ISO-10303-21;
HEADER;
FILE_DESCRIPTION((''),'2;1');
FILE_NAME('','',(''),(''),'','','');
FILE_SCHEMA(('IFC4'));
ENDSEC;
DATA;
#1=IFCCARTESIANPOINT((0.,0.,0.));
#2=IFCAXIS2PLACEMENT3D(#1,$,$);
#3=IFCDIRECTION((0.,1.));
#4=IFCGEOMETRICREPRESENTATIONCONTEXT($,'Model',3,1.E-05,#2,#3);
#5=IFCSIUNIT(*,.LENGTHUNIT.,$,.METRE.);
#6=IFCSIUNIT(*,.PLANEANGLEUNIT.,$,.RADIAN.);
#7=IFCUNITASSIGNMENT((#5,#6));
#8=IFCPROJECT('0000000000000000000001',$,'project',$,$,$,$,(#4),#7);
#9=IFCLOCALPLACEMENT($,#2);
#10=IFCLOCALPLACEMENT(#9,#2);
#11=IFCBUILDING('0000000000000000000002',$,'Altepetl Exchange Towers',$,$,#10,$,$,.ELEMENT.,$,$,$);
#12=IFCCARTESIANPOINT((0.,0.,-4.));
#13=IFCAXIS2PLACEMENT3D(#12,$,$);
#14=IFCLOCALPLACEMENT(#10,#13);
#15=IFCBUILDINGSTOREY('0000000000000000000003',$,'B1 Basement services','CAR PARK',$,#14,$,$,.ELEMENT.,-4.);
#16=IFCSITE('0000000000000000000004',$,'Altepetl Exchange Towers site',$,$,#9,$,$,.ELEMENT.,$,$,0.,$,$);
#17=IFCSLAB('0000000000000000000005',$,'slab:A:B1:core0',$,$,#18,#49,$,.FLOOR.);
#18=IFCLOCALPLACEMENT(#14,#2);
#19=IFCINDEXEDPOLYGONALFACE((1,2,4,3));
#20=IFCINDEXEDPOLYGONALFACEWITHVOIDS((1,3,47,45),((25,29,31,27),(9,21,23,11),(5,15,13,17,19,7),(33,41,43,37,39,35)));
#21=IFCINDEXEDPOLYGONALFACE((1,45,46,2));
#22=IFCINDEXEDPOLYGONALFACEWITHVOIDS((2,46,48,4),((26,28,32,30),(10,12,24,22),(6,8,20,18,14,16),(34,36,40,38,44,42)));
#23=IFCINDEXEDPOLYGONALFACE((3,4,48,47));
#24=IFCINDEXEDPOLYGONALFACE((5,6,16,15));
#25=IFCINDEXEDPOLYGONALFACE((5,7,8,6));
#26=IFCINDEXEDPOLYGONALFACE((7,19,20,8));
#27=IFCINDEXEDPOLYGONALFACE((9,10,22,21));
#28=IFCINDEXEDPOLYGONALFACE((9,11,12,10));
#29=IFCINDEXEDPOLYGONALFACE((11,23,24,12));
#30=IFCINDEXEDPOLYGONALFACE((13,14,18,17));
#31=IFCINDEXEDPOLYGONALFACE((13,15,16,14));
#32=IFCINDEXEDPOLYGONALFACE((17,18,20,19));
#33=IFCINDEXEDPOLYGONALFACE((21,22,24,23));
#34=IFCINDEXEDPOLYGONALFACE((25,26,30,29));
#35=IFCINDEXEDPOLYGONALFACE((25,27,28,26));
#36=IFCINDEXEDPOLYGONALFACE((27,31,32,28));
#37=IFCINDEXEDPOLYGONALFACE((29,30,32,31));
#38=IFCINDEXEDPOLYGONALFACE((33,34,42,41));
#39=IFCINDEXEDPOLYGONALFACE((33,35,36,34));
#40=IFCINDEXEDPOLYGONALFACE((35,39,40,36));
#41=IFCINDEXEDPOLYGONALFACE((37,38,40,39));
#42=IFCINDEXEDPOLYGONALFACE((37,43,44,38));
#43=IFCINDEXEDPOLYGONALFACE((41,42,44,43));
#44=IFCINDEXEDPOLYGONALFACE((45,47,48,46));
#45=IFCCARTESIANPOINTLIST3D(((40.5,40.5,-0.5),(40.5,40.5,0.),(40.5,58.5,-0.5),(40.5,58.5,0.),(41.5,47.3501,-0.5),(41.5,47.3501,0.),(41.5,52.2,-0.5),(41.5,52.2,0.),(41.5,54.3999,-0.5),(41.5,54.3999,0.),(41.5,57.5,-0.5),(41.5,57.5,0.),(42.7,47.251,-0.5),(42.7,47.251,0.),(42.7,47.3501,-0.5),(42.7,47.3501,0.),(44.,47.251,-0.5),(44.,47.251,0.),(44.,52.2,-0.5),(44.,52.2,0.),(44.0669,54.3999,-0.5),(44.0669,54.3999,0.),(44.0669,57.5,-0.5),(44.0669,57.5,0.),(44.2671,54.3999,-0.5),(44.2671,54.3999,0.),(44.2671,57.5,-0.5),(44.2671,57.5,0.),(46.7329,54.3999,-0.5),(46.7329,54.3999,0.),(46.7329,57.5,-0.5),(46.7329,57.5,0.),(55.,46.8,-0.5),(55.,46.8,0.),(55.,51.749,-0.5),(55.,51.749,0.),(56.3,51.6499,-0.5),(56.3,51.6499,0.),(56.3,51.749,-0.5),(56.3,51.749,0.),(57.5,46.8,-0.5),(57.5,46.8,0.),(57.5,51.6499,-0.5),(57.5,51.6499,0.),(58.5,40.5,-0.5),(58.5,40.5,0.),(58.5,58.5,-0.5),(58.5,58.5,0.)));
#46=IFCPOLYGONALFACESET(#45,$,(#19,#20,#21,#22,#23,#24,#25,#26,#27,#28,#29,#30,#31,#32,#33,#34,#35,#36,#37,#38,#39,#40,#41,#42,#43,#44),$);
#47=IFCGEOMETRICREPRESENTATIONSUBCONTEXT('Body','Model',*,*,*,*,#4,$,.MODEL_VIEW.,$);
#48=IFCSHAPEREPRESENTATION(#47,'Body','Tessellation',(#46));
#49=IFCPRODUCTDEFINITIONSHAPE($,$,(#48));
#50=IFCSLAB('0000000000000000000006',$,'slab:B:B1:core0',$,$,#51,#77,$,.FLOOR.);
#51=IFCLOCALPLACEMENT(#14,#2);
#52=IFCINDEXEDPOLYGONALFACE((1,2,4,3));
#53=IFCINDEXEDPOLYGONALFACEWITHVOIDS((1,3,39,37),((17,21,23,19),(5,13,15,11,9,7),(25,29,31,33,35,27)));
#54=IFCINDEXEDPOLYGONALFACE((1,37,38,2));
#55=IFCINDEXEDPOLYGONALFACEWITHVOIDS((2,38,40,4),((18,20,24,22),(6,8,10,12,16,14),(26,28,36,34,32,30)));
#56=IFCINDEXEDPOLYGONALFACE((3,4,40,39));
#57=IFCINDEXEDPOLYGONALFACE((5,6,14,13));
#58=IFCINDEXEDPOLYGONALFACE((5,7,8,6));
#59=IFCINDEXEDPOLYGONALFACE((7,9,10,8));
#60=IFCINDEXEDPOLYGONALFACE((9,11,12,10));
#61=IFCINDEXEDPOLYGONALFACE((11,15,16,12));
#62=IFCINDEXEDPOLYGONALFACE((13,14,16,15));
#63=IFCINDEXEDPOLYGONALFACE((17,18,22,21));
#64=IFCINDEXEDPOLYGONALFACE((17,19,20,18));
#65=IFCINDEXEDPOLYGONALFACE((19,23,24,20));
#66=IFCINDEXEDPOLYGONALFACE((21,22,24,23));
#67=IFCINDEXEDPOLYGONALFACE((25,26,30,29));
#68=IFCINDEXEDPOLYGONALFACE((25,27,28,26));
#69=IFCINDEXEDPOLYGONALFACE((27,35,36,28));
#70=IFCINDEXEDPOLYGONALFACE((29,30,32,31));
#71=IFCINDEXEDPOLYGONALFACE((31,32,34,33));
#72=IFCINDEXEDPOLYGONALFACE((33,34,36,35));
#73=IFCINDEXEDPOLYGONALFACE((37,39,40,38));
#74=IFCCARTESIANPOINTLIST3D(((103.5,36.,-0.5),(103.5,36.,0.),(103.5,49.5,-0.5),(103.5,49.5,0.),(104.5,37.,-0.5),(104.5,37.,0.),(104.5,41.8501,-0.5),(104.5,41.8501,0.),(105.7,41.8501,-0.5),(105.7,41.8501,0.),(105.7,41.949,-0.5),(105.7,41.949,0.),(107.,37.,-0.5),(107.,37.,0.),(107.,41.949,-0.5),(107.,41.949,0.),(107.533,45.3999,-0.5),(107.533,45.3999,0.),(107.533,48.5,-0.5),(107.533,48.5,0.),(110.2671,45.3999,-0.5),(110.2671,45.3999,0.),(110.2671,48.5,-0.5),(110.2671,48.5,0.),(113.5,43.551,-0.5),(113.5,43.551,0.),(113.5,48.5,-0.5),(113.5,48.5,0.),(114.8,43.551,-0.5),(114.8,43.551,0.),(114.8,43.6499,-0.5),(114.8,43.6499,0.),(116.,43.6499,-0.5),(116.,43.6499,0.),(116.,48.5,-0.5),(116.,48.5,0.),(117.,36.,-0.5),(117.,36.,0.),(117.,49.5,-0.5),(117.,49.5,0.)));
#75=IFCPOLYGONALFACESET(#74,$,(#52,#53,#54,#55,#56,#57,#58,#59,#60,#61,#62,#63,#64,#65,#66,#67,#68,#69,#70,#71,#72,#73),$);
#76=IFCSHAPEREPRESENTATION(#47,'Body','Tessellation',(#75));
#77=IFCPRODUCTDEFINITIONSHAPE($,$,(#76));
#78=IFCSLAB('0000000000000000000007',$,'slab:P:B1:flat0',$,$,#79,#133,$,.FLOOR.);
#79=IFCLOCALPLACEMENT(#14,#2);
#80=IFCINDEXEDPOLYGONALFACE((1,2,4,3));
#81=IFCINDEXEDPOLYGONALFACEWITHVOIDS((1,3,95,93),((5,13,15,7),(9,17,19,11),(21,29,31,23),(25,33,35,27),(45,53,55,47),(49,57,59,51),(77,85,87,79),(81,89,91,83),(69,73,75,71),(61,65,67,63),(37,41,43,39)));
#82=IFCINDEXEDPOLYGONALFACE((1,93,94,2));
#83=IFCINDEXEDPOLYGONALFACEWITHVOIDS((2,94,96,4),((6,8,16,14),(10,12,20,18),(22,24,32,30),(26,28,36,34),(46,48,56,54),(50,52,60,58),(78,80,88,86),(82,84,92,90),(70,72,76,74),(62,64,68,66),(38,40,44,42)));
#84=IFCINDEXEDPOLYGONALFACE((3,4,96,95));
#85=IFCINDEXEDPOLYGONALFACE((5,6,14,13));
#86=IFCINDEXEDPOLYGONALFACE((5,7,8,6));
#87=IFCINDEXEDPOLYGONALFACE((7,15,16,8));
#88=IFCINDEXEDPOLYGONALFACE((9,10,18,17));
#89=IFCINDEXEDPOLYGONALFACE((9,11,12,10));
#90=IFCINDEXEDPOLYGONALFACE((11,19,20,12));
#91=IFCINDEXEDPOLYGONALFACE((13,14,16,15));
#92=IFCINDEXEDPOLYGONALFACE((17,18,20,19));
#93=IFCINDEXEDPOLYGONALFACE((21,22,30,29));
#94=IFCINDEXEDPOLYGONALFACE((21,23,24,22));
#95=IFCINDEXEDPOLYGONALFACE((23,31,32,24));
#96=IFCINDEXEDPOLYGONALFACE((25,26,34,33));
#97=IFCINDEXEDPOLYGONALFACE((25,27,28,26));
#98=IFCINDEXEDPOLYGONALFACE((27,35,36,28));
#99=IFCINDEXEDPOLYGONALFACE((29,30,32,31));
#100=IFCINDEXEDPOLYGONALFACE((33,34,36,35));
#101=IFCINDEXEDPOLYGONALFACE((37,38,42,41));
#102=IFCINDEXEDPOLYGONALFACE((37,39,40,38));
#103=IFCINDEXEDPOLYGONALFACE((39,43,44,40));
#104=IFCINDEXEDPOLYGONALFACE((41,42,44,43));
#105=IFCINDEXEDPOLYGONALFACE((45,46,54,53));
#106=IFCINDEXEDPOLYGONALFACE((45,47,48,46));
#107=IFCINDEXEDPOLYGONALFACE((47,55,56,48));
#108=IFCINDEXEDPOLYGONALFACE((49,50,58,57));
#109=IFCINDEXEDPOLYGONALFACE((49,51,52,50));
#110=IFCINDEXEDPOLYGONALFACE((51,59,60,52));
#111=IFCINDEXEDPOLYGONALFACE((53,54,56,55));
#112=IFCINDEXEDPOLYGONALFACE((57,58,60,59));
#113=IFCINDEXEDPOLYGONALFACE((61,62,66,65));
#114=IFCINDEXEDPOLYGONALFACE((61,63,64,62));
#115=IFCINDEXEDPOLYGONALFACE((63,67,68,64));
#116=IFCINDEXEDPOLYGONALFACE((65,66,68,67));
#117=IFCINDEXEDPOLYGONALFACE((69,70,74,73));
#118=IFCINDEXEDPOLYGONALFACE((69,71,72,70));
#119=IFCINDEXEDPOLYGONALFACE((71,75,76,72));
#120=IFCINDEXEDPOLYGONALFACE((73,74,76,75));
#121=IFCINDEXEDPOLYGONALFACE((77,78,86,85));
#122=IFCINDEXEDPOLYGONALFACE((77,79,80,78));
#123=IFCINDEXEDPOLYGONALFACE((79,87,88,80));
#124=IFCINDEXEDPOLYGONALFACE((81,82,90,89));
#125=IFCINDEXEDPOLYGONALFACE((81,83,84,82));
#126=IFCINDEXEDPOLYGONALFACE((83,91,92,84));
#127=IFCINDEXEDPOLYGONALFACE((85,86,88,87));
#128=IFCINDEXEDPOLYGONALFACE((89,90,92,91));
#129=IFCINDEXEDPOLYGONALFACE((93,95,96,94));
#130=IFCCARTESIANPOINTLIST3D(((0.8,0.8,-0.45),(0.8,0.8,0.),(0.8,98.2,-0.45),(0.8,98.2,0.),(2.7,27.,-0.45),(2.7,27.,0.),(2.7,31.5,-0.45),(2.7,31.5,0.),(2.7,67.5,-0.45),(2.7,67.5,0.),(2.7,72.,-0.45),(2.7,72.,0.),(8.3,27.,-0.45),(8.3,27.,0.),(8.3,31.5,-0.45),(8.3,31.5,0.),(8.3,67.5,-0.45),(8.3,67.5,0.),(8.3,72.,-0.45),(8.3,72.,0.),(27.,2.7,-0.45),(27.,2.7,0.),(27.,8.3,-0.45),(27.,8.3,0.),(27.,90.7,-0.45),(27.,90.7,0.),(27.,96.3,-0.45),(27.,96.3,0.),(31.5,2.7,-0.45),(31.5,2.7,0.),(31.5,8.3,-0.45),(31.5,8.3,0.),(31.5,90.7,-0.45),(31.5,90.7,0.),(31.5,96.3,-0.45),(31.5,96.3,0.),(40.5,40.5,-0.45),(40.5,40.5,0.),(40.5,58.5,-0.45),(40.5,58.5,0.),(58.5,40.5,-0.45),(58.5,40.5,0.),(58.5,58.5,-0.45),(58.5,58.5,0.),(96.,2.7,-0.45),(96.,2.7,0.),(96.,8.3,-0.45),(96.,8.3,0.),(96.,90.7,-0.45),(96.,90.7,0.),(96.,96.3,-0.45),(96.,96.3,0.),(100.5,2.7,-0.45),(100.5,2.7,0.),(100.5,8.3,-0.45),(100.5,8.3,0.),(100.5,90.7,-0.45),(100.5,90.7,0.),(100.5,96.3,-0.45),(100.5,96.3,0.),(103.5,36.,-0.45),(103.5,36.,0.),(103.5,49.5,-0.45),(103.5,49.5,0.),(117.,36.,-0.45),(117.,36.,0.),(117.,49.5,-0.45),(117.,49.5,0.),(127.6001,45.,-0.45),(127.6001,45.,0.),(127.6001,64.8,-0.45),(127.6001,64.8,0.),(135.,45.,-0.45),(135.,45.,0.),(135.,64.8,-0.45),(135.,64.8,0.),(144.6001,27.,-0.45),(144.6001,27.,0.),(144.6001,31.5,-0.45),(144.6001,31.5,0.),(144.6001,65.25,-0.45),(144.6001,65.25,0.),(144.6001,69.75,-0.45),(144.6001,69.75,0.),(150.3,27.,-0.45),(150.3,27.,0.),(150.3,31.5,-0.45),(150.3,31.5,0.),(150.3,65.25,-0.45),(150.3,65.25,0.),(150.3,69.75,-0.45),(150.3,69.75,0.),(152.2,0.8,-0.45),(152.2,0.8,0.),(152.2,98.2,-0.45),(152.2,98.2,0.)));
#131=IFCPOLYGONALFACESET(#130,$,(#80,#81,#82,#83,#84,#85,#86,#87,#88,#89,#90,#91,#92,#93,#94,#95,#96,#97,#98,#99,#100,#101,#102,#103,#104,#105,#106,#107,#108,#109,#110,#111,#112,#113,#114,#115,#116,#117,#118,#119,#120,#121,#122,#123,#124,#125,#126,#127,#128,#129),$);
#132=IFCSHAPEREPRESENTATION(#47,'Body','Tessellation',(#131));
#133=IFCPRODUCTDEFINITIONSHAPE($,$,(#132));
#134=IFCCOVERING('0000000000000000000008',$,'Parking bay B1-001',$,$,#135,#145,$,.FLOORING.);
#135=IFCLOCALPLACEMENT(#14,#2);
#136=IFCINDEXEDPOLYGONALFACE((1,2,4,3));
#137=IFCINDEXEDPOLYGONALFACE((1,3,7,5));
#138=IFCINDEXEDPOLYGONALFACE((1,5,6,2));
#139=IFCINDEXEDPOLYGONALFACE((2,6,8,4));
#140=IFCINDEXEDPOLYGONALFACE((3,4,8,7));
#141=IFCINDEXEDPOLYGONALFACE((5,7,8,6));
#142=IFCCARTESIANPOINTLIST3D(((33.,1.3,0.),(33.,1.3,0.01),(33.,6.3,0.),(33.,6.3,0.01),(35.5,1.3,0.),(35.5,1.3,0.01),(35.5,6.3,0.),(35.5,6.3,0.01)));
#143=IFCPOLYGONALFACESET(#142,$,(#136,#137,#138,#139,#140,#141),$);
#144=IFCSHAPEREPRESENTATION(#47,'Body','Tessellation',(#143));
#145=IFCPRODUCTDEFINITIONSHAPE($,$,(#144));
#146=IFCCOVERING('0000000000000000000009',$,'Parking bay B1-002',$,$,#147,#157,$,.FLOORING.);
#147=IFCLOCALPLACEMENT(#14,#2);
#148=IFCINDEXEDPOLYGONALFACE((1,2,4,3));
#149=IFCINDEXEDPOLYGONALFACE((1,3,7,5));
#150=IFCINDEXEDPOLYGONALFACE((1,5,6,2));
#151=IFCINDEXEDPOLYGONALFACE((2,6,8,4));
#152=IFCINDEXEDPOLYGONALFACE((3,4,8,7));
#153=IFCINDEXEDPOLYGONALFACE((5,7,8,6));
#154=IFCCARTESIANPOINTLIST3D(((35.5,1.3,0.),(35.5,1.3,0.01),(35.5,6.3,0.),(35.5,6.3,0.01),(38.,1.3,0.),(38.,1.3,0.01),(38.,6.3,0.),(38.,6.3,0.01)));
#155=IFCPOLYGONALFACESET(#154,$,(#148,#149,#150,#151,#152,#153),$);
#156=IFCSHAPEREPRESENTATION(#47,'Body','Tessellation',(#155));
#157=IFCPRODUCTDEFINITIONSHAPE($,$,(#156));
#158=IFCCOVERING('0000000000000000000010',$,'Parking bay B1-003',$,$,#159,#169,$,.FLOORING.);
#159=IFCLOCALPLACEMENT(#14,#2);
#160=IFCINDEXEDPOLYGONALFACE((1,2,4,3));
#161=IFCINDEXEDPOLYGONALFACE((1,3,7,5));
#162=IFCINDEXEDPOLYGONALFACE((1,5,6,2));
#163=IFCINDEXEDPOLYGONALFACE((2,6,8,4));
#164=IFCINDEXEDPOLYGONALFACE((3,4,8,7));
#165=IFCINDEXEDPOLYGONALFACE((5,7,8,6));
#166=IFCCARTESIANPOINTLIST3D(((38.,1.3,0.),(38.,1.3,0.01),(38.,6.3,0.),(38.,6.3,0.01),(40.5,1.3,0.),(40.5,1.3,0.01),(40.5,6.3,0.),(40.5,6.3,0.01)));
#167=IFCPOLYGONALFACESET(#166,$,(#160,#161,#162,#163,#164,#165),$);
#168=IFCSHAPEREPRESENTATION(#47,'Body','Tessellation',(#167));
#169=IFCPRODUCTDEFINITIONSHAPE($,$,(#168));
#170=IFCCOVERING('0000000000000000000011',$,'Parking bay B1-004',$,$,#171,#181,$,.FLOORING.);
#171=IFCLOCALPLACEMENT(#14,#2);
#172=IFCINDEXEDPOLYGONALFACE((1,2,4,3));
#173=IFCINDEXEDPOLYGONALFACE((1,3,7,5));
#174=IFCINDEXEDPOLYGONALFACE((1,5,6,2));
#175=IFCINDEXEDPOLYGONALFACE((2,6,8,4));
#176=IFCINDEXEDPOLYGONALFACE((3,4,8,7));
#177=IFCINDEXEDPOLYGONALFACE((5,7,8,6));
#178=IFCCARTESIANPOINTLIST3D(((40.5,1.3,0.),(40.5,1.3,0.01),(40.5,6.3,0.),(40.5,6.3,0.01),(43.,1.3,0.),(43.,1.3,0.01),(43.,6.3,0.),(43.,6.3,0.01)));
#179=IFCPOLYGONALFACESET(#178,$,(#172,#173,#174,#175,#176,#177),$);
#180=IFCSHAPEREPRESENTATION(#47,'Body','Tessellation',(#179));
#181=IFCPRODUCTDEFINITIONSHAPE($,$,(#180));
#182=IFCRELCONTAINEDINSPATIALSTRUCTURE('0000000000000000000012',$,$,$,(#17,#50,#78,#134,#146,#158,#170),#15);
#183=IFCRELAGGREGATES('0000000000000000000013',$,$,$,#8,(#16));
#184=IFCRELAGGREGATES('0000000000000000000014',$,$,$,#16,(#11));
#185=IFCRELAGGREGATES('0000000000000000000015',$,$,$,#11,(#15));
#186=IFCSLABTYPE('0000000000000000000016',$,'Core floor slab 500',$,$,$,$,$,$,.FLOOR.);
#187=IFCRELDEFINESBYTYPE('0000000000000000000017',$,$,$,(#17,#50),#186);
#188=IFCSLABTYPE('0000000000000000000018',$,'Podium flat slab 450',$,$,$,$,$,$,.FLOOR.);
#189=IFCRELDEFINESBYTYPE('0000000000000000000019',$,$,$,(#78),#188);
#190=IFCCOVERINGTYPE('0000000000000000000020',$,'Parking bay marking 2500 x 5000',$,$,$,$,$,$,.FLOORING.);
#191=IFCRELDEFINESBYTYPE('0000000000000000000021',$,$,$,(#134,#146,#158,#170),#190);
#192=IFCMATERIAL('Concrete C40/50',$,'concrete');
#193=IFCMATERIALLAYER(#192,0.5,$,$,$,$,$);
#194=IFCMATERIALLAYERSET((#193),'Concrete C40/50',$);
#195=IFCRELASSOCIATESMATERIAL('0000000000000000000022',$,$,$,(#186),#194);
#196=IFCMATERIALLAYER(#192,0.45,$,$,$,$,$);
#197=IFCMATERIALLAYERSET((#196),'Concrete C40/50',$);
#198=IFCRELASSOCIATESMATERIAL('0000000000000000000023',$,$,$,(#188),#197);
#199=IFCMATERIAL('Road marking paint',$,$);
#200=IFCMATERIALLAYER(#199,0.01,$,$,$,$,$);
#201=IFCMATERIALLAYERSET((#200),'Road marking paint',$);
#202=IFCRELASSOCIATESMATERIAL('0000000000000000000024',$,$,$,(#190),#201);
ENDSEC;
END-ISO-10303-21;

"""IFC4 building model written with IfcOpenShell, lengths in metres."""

from ifc_helpers import new_model, si_unit, direction, frame, origin, place, context, subcontext, project, spatial, polyline, outline, extrude, material, layer, layer_set, type_object, element, save


model = new_model("IFC4")

# Units and contexts
model_context = context("Model", 3, precision=1e-05, world=origin(), true_north=direction((0.0, 1.0)))
body_context = subcontext(model_context, "Body", "Model", "MODEL_VIEW")
ifc_project = project(units=[si_unit("LENGTHUNIT", "METRE"), si_unit("PLANEANGLEUNIT", "RADIAN")], contexts=[model_context])

# Site, building, storey
site_placement = place(None, origin())
site = spatial("IfcSite", under=ifc_project, at=site_placement, Name="Altepetl Exchange Towers site", CompositionType="ELEMENT", RefElevation=0.0)
building_placement = place(site_placement, origin())
building = spatial("IfcBuilding", under=site, at=building_placement, Name="Altepetl Exchange Towers", CompositionType="ELEMENT")
storey_placement = place(building_placement, frame((0.0, 0.0, -4.0)))
storey = spatial("IfcBuildingStorey", under=building, at=storey_placement, Name="B1 Basement services", Description="CAR PARK", CompositionType="ELEMENT", Elevation=-4.0)

# Slabs
ifc_material_1 = material(Name="Concrete C40/50", Category="concrete")
ifc_layer_1 = layer(ifc_material_1, 0.5)
ifc_layer_set_1 = layer_set([ifc_layer_1], Name="Concrete C40/50")
slab_type_1 = type_object("IfcSlabType", Name="Core floor slab 500", PredefinedType="FLOOR", material=ifc_layer_set_1)
slab_1_placement = place(storey_placement, frame((0.0, 0.0, -0.5)))
element("IfcSlab", 1, at=slab_1_placement, inside=storey, type_object=slab_type_1, Name="slab:A:B1:core0", PredefinedType="FLOOR", context=body_context, shape_type="SweptSolid", body=[
    extrude(outline(polyline([(40.5, 40.5), (58.5, 40.5), (58.5, 58.5), (40.5, 58.5), (40.5, 40.5)]), holes=[polyline([(55.0, 46.8), (55.0, 51.749), (56.3, 51.749), (56.3, 51.6499), (57.5, 51.6499), (57.5, 46.8), (55.0, 46.8)]), polyline([(44.0, 52.2), (44.0, 47.251), (42.7, 47.251), (42.7, 47.3501), (41.5, 47.3501), (41.5, 52.2), (44.0, 52.2)]), polyline([(41.5, 54.3999), (41.5, 57.5), (44.0669, 57.5), (44.0669, 54.3999), (41.5, 54.3999)]), polyline([(44.2671, 54.3999), (44.2671, 57.5), (46.7329, 57.5), (46.7329, 54.3999), (44.2671, 54.3999)])]), origin(), (0.0, 0.0, 1.0), 0.5),
])
slab_2_placement = place(storey_placement, frame((0.0, 0.0, -0.5)))
element("IfcSlab", 2, at=slab_2_placement, inside=storey, type_object=slab_type_1, Name="slab:B:B1:core0", PredefinedType="FLOOR", context=body_context, shape_type="SweptSolid", body=[
    extrude(outline(polyline([(103.5, 36.0), (117.0, 36.0), (117.0, 49.5), (103.5, 49.5), (103.5, 36.0)]), holes=[polyline([(107.0, 41.949), (107.0, 37.0), (104.5, 37.0), (104.5, 41.8501), (105.7, 41.8501), (105.7, 41.949), (107.0, 41.949)]), polyline([(113.5, 48.5), (116.0, 48.5), (116.0, 43.6499), (114.8, 43.6499), (114.8, 43.551), (113.5, 43.551), (113.5, 48.5)]), polyline([(107.533, 45.3999), (107.533, 48.5), (110.2671, 48.5), (110.2671, 45.3999), (107.533, 45.3999)])]), origin(), (0.0, 0.0, 1.0), 0.5),
])
ifc_layer_2 = layer(ifc_material_1, 0.45)
ifc_layer_set_2 = layer_set([ifc_layer_2], Name="Concrete C40/50")
slab_type_2 = type_object("IfcSlabType", Name="Podium flat slab 450", PredefinedType="FLOOR", material=ifc_layer_set_2)
slab_3_placement = place(storey_placement, frame((0.0, 0.0, -0.45)))
element("IfcSlab", 3, at=slab_3_placement, inside=storey, type_object=slab_type_2, Name="slab:P:B1:flat0", PredefinedType="FLOOR", context=body_context, shape_type="SweptSolid", body=[
    extrude(outline(polyline([(0.8, 98.2), (0.8, 0.8), (152.2, 0.8), (152.2, 98.2), (0.8, 98.2)]), holes=[polyline([(117.0, 49.5), (117.0, 36.0), (103.5, 36.0), (103.5, 49.5), (117.0, 49.5)]), polyline([(58.5, 58.5), (58.5, 40.5), (40.5, 40.5), (40.5, 58.5), (58.5, 58.5)]), polyline([(135.0, 64.8), (135.0, 45.0), (127.6001, 45.0), (127.6001, 64.8), (135.0, 64.8)]), polyline([(31.5, 8.3), (31.5, 2.7), (27.0, 2.7), (27.0, 8.3), (31.5, 8.3)]), polyline([(100.5, 2.7), (96.0, 2.7), (96.0, 8.3), (100.5, 8.3), (100.5, 2.7)]), polyline([(2.7, 31.5), (8.3, 31.5), (8.3, 27.0), (2.7, 27.0), (2.7, 31.5)]), polyline([(8.3, 72.0), (8.3, 67.5), (2.7, 67.5), (2.7, 72.0), (8.3, 72.0)]), polyline([(27.0, 90.7), (27.0, 96.3), (31.5, 96.3), (31.5, 90.7), (27.0, 90.7)]), polyline([(96.0, 96.3), (100.5, 96.3), (100.5, 90.7), (96.0, 90.7), (96.0, 96.3)]), polyline([(150.3, 27.0), (144.6001, 27.0), (144.6001, 31.5), (150.3, 31.5), (150.3, 27.0)]), polyline([(144.6001, 65.25), (144.6001, 69.75), (150.3, 69.75), (150.3, 65.25), (144.6001, 65.25)])]), origin(), (0.0, 0.0, 1.0), 0.45),
])

# Coverings
ifc_material_2 = material(Name="Road marking paint")
ifc_layer_3 = layer(ifc_material_2, 0.01)
ifc_layer_set_3 = layer_set([ifc_layer_3], Name="Road marking paint")
covering_type = type_object("IfcCoveringType", Name="Parking bay marking 2500 x 5000", PredefinedType="FLOORING", material=ifc_layer_set_3)
covering_1_placement = place(storey_placement, origin())
element("IfcCovering", 4, at=covering_1_placement, inside=storey, type_object=covering_type, Name="Parking bay B1-001", PredefinedType="FLOORING", context=body_context, shape_type="SweptSolid", body=[
    extrude(outline(polyline([(33.0, 1.3), (35.5, 1.3), (35.5, 6.3), (33.0, 6.3), (33.0, 1.3)])), origin(), (0.0, 0.0, 1.0), 0.01),
])
covering_2_placement = place(storey_placement, origin())
element("IfcCovering", 5, at=covering_2_placement, inside=storey, type_object=covering_type, Name="Parking bay B1-002", PredefinedType="FLOORING", context=body_context, shape_type="SweptSolid", body=[
    extrude(outline(polyline([(35.5, 1.3), (38.0, 1.3), (38.0, 6.3), (35.5, 6.3), (35.5, 1.3)])), origin(), (0.0, 0.0, 1.0), 0.01),
])
covering_3_placement = place(storey_placement, origin())
element("IfcCovering", 6, at=covering_3_placement, inside=storey, type_object=covering_type, Name="Parking bay B1-003", PredefinedType="FLOORING", context=body_context, shape_type="SweptSolid", body=[
    extrude(outline(polyline([(38.0, 1.3), (40.5, 1.3), (40.5, 6.3), (38.0, 6.3), (38.0, 1.3)])), origin(), (0.0, 0.0, 1.0), 0.01),
])
covering_4_placement = place(storey_placement, origin())
element("IfcCovering", 7, at=covering_4_placement, inside=storey, type_object=covering_type, Name="Parking bay B1-004", PredefinedType="FLOORING", context=body_context, shape_type="SweptSolid", body=[
    extrude(outline(polyline([(40.5, 1.3), (43.0, 1.3), (43.0, 6.3), (40.5, 6.3), (40.5, 1.3)])), origin(), (0.0, 0.0, 1.0), 0.01),
])

save(model, "model.ifc")
